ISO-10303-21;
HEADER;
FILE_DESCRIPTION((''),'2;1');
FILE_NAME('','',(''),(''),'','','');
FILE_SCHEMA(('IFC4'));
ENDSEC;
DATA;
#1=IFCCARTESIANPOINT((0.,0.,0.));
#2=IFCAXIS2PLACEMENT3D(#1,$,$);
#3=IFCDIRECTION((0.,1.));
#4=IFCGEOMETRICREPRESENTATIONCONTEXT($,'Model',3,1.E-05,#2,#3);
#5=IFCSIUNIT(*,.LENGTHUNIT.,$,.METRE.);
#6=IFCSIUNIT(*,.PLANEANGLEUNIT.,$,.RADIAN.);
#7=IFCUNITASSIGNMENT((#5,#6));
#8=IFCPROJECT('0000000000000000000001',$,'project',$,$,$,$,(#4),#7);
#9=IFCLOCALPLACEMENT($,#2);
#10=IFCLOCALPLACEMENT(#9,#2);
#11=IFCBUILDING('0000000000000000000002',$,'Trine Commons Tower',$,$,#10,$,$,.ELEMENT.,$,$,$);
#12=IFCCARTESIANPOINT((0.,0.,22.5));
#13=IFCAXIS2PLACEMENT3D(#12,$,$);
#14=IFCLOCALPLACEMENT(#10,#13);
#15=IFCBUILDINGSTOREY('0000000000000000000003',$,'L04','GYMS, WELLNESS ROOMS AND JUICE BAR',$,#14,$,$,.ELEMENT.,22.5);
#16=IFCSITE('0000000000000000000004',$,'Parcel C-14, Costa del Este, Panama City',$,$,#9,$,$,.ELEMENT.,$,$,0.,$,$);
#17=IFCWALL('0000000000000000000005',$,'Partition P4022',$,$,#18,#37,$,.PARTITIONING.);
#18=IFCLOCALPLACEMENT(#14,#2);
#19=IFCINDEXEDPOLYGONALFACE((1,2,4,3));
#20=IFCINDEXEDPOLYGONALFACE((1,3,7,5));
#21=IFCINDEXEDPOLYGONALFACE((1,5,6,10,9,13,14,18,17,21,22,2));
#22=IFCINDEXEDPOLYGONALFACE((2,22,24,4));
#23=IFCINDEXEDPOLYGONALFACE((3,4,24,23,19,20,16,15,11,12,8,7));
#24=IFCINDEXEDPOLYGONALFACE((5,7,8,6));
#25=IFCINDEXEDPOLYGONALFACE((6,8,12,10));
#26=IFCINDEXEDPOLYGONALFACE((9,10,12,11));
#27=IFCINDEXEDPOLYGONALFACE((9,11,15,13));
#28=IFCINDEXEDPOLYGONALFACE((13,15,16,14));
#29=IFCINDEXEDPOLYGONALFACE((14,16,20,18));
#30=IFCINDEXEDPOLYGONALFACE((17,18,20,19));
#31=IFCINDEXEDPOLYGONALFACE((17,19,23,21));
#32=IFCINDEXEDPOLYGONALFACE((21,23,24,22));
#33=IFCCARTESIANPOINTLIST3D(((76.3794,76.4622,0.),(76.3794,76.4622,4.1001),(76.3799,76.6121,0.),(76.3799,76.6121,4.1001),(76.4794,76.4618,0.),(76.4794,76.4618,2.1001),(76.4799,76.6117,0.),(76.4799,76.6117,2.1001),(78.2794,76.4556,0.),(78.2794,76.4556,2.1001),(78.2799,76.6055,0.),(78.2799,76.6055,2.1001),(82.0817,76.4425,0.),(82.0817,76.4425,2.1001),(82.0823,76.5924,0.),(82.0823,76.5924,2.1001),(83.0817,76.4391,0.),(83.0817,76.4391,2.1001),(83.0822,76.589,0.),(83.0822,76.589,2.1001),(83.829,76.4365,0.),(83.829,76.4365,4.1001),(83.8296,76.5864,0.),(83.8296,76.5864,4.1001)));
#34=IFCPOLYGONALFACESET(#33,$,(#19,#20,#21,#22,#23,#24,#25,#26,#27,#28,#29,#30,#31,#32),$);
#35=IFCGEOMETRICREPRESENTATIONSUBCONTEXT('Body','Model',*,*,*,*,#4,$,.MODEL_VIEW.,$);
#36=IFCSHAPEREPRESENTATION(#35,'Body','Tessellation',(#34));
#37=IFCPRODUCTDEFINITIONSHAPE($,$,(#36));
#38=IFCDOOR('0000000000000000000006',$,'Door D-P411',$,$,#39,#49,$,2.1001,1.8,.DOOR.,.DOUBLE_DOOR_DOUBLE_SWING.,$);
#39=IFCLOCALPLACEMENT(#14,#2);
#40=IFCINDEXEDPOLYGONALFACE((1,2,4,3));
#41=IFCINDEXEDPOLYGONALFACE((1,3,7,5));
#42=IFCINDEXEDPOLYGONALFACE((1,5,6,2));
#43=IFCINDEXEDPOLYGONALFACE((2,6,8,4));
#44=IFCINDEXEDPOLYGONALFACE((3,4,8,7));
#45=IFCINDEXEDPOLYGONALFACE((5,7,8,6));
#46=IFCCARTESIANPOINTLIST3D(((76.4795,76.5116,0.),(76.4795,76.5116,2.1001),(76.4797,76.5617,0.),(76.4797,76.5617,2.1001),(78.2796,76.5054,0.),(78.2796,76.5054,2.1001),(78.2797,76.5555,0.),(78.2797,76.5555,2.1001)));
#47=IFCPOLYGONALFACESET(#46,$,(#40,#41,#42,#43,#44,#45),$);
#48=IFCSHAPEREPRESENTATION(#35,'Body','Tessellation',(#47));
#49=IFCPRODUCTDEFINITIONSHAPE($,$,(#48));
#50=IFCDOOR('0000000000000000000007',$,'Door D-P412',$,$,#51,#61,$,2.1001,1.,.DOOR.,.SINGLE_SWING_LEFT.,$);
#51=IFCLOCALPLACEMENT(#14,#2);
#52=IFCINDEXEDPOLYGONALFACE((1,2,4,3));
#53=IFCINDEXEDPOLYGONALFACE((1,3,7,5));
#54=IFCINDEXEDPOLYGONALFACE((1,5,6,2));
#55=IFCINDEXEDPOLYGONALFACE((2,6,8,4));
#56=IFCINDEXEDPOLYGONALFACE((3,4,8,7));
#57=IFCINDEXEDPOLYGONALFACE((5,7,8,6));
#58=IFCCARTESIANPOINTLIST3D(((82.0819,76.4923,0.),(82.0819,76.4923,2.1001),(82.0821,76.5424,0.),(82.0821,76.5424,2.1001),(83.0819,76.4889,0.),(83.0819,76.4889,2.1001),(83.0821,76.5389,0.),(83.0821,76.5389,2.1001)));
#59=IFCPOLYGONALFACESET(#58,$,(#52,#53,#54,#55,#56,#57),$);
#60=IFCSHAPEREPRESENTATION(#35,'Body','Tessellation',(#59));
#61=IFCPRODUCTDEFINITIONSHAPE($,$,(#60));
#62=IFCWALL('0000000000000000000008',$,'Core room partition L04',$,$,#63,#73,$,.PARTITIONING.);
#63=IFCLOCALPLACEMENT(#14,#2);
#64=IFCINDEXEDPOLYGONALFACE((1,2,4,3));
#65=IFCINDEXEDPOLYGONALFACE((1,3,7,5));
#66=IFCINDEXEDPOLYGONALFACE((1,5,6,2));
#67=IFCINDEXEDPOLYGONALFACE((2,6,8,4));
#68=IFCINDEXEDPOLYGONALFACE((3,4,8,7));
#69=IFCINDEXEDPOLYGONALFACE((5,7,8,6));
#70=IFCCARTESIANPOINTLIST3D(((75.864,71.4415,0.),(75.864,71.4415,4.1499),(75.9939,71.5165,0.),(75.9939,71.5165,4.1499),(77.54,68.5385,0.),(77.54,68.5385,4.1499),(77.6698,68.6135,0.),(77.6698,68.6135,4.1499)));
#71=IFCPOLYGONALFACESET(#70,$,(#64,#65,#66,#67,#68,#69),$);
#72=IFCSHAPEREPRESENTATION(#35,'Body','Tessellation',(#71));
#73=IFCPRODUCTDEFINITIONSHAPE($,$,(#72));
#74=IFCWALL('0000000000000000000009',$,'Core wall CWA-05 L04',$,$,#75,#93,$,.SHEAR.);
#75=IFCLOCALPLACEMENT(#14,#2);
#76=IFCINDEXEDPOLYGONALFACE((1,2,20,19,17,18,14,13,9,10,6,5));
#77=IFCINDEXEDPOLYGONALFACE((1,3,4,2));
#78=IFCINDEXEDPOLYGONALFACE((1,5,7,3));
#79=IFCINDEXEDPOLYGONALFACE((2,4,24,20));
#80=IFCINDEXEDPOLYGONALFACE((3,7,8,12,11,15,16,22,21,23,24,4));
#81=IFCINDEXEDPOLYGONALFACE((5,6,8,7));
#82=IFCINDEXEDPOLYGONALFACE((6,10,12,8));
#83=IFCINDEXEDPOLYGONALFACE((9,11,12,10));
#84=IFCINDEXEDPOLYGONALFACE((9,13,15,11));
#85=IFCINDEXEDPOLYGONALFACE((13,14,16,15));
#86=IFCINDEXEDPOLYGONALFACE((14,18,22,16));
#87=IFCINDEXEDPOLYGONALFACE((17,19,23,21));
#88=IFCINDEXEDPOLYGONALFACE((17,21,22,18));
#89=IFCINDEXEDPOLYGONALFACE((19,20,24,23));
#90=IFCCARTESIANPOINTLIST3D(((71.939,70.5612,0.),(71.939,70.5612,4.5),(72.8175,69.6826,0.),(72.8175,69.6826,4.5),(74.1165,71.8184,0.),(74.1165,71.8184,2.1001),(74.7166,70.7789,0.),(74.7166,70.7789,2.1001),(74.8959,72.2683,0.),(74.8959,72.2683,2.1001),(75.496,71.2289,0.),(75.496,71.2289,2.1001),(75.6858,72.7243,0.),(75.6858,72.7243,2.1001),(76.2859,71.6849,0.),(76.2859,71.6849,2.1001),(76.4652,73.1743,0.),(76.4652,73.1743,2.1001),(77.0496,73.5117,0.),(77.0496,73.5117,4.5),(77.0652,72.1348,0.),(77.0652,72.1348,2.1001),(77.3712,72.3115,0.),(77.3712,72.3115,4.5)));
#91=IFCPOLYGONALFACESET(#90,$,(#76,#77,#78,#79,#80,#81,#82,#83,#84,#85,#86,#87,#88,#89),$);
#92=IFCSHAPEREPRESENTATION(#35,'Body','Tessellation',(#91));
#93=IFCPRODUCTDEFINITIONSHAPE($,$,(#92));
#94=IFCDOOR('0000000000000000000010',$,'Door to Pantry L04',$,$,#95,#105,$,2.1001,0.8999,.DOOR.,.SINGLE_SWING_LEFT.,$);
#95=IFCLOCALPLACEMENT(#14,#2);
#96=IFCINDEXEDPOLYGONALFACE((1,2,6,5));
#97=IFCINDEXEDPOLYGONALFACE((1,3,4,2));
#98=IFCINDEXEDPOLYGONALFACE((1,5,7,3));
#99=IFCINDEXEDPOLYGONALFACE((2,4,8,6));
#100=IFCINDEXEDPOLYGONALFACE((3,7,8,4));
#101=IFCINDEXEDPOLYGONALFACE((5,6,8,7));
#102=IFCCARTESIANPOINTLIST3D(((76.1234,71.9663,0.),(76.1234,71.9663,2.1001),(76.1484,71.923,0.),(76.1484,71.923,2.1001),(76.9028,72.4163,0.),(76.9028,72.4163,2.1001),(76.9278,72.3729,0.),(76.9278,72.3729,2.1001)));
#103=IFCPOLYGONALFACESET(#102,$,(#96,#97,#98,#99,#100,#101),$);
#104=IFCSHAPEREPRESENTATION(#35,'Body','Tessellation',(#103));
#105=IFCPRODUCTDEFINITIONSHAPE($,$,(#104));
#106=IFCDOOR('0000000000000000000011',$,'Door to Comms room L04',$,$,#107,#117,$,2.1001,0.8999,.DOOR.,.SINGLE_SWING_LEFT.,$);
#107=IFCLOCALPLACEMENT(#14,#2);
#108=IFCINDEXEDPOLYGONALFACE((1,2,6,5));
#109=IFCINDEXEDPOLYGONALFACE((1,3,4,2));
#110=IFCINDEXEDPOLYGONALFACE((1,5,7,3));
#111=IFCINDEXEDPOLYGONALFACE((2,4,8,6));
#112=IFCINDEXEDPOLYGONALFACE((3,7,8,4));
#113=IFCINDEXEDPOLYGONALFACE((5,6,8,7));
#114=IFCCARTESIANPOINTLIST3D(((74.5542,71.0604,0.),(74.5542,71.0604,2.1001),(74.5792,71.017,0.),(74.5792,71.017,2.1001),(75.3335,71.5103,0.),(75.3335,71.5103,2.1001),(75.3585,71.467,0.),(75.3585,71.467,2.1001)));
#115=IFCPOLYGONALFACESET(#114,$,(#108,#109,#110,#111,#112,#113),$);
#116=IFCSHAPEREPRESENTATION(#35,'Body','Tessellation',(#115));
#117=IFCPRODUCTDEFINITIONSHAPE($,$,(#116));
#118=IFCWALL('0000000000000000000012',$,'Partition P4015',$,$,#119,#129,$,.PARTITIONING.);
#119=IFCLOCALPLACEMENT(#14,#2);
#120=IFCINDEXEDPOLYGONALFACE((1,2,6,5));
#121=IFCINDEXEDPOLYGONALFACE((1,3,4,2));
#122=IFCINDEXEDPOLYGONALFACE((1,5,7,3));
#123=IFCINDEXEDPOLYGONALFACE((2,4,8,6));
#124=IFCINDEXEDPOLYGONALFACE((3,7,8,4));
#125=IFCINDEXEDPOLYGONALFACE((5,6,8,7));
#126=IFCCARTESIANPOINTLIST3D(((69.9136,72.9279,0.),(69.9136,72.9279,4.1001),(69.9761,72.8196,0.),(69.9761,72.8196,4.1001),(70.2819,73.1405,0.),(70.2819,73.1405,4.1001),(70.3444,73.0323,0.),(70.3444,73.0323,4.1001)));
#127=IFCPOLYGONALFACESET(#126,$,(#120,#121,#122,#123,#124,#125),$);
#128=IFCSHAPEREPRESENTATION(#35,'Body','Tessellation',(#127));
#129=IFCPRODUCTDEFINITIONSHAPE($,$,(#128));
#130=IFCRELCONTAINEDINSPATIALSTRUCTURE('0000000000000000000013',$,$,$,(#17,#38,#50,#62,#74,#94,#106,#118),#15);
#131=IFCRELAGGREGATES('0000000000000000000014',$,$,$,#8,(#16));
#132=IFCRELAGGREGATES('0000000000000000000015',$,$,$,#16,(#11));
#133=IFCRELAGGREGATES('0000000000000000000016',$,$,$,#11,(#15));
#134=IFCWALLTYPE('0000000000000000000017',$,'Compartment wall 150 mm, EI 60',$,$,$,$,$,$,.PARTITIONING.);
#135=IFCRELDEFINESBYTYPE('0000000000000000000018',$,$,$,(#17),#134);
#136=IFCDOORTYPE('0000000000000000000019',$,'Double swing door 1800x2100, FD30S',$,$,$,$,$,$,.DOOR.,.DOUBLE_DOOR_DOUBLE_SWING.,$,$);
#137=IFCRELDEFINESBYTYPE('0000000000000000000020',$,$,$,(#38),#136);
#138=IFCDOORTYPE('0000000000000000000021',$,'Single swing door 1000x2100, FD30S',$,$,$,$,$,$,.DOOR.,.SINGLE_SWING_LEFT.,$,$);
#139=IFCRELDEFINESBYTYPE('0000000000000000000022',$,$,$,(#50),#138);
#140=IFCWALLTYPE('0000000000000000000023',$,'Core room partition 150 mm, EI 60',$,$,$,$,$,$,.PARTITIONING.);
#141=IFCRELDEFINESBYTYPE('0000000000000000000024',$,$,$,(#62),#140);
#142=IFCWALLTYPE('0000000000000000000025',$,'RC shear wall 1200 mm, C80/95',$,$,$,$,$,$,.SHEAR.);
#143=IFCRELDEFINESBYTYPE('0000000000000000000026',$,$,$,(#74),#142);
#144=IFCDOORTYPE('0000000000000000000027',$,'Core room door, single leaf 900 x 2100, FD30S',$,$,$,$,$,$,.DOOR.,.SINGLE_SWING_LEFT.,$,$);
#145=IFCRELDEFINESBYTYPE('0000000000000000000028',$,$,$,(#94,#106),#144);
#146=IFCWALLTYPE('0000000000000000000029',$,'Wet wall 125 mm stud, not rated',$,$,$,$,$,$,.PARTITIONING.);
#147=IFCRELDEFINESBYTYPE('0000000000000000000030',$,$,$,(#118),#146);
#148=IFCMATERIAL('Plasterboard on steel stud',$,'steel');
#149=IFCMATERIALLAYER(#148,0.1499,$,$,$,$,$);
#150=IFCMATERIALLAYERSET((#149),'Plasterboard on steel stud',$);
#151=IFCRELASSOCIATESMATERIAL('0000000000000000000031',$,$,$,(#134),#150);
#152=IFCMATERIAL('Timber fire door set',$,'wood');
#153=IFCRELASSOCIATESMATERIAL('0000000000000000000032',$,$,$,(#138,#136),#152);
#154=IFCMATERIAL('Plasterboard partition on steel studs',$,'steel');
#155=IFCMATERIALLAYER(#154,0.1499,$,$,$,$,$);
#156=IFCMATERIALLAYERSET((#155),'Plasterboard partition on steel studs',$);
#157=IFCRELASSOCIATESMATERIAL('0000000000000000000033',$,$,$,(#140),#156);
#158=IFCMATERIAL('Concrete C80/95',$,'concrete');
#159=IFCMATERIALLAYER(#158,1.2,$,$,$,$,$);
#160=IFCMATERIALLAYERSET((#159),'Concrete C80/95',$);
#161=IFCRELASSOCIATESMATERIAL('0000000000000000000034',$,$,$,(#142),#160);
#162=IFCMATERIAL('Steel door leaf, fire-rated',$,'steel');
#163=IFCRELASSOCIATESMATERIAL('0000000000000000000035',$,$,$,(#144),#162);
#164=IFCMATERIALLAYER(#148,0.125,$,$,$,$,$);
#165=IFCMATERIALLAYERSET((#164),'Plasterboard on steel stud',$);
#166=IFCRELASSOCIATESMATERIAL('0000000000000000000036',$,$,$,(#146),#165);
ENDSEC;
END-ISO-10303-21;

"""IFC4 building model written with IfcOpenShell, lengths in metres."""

from ifc_helpers import new_model, si_unit, direction, frame, frame_2d, origin, place, context, subcontext, project, spatial, polyline, rectangle, outline, extrude, material, layer, layer_set, type_object, element, fill, save


model = new_model("IFC4")

# Units and contexts
model_context = context("Model", 3, precision=1e-05, world=origin(), true_north=direction((0.0, 1.0)))
body_context = subcontext(model_context, "Body", "Model", "MODEL_VIEW")
ifc_project = project(units=[si_unit("LENGTHUNIT", "METRE"), si_unit("PLANEANGLEUNIT", "RADIAN")], contexts=[model_context])

# Site, building, storey
site_placement = place(None, origin())
site = spatial("IfcSite", under=ifc_project, at=site_placement, Name="Parcel C-14, Costa del Este, Panama City", CompositionType="ELEMENT", RefElevation=0.0)
building_placement = place(site_placement, origin())
building = spatial("IfcBuilding", under=site, at=building_placement, Name="Trine Commons Tower", CompositionType="ELEMENT")
storey_placement = place(building_placement, frame((0.0, 0.0, 22.5)))
storey = spatial("IfcBuildingStorey", under=building, at=storey_placement, Name="L04", Description="GYMS, WELLNESS ROOMS AND JUICE BAR", CompositionType="ELEMENT", Elevation=22.5)

# Shared definitions
ifc_material_1 = material(Name="Concrete C80/95", Category="concrete")

# Shared definitions
ifc_material_2 = material(Name="Plasterboard on steel stud", Category="steel")
ifc_layer_1 = layer(ifc_material_2, 0.1499)
ifc_layer_set_1 = layer_set([ifc_layer_1], Name="Plasterboard on steel stud")
wall_type_1 = type_object("IfcWallType", Name="Compartment wall 150 mm, EI 60", PredefinedType="PARTITIONING", material=ifc_layer_set_1)
ifc_material_3 = material(Name="Timber fire door set", Category="wood")
door_type_1 = type_object("IfcDoorType", Name="Single swing door 1000x2100, FD30S", OperationType="SINGLE_SWING_LEFT", PredefinedType="DOOR", material=ifc_material_3)

# Wall, openings, doors
wall_1_placement = place(storey_placement, frame((76.3796, 76.5371, 0.0), z_axis=(0.0, 0.0, 1.0), x_axis=(0.999994, -0.003441, 0.0)))
wall_1 = element("IfcWall", 1, at=wall_1_placement, inside=storey, type_object=wall_type_1, Name="Partition P4022", PredefinedType="PARTITIONING", context=body_context, shape_type="SweptSolid", body=[
    extrude(rectangle(XDim=7.4497, YDim=0.1499, at=frame_2d((3.7249, 0.0))), origin(), (0.0, 0.0, 1.0), 4.1001),
])
opening_1_placement = place(wall_1_placement, frame((0.1001, 0.0, 0.0)))
opening_1 = element("IfcOpeningElement", 2, at=opening_1_placement, cuts=wall_1, PredefinedType="OPENING", context=body_context, shape_type="SweptSolid", body=[
    extrude(rectangle(XDim=1.8, YDim=2.1001, at=frame_2d((0.8999, 1.05))), frame((0.0, 0.085, 0.0), z_axis=(0.0, -1.0, 0.0), x_axis=(1.0, 0.0, 0.0)), (0.0, 0.0, 1.0), 0.1699),
])
opening_2_placement = place(wall_1_placement, frame((5.7024, 0.0, 0.0)))
opening_2 = element("IfcOpeningElement", 3, at=opening_2_placement, cuts=wall_1, PredefinedType="OPENING", context=body_context, shape_type="SweptSolid", body=[
    extrude(rectangle(XDim=1.0, YDim=2.1001, at=frame_2d((0.5, 1.05))), frame((0.0, 0.085, 0.0), z_axis=(0.0, -1.0, 0.0), x_axis=(1.0, 0.0, 0.0)), (0.0, 0.0, 1.0), 0.1699),
])
door_type_2 = type_object("IfcDoorType", Name="Double swing door 1800x2100, FD30S", OperationType="DOUBLE_DOOR_DOUBLE_SWING", PredefinedType="DOOR", material=ifc_material_3)
door_1_placement = place(opening_1_placement, origin())
door_1 = element("IfcDoor", 4, at=door_1_placement, inside=storey, type_object=door_type_2, Name="Door D-P411", OperationType="DOUBLE_DOOR_DOUBLE_SWING", OverallHeight=2.1001, OverallWidth=1.8, PredefinedType="DOOR", context=body_context, shape_type="SweptSolid", body=[
    extrude(rectangle(XDim=1.8, YDim=2.1001, at=frame_2d((0.8999, 1.05))), frame((0.0, 0.0249, 0.0), z_axis=(0.0, -1.0, 0.0), x_axis=(1.0, 0.0, 0.0)), (0.0, 0.0, 1.0), 0.05),
])
fill(opening_1, door_1)
door_2_placement = place(opening_2_placement, origin())
door_2 = element("IfcDoor", 5, at=door_2_placement, inside=storey, type_object=door_type_1, Name="Door D-P412", OperationType="SINGLE_SWING_LEFT", OverallHeight=2.1001, OverallWidth=1.0, PredefinedType="DOOR", context=body_context, shape_type="SweptSolid", body=[
    extrude(rectangle(XDim=1.0, YDim=2.1001, at=frame_2d((0.5, 1.05))), frame((0.0, 0.0249, 0.0), z_axis=(0.0, -1.0, 0.0), x_axis=(1.0, 0.0, 0.0)), (0.0, 0.0, 1.0), 0.05),
])
fill(opening_2, door_2)

# Wall
ifc_material_4 = material(Name="Plasterboard partition on steel studs", Category="steel")
ifc_layer_2 = layer(ifc_material_4, 0.1499)
ifc_layer_set_2 = layer_set([ifc_layer_2], Name="Plasterboard partition on steel studs")
wall_type_2 = type_object("IfcWallType", Name="Core room partition 150 mm, EI 60", PredefinedType="PARTITIONING", material=ifc_layer_set_2)
wall_2_placement = place(storey_placement, frame((75.929, 71.479, 0.0), z_axis=(0.0, 0.0, 1.0), x_axis=(0.499985, -0.866034, 0.0)))
element("IfcWall", 6, at=wall_2_placement, inside=storey, type_object=wall_type_2, Name="Core room partition L04", PredefinedType="PARTITIONING", context=body_context, shape_type="SweptSolid", body=[
    extrude(rectangle(XDim=3.3521, YDim=0.1499, at=frame_2d((1.676, 0.0))), origin(), (0.0, 0.0, 1.0), 4.1499),
])

# Wall, openings, doors
ifc_layer_3 = layer(ifc_material_1, 1.2)
ifc_layer_set_3 = layer_set([ifc_layer_3], Name="Concrete C80/95")
wall_type_3 = type_object("IfcWallType", Name="RC shear wall 1200 mm, C80/95", PredefinedType="SHEAR", material=ifc_layer_set_3)
wall_3_placement = place(storey_placement, frame((77.3496, 72.9919, 0.0), z_axis=(0.0, 0.0, 1.0), x_axis=(-0.866037, -0.499979, 0.0)))
wall_3 = element("IfcWall", 7, at=wall_3_placement, inside=storey, type_object=wall_type_3, Name="Core wall CWA-05 L04", PredefinedType="SHEAR", context=body_context, shape_type="SweptSolid", body=[
    extrude(outline(polyline([(0.0, -0.6001), (5.9011, -0.6001), (5.5796, 0.6001), (0.3215, 0.6001), (0.0, -0.6001)])), origin(), (0.0, 0.0, 1.0), 4.5),
])
opening_3_placement = place(wall_3_placement, frame((0.6748, 0.0, 0.0)))
opening_3 = element("IfcOpeningElement", 8, at=opening_3_placement, cuts=wall_3, PredefinedType="OPENING", context=body_context, shape_type="SweptSolid", body=[
    extrude(rectangle(XDim=0.8999, YDim=2.1001, at=frame_2d((0.45, 1.05))), frame((0.0, 0.6099, 0.0), z_axis=(0.0, -1.0, 0.0), x_axis=(1.0, 0.0, 0.0)), (0.0, 0.0, 1.0), 1.22),
])
opening_4_placement = place(wall_3_placement, frame((2.4868, 0.0, 0.0)))
opening_4 = element("IfcOpeningElement", 9, at=opening_4_placement, cuts=wall_3, PredefinedType="OPENING", context=body_context, shape_type="SweptSolid", body=[
    extrude(rectangle(XDim=0.8999, YDim=2.1001, at=frame_2d((0.45, 1.05))), frame((0.0, 0.6099, 0.0), z_axis=(0.0, -1.0, 0.0), x_axis=(1.0, 0.0, 0.0)), (0.0, 0.0, 1.0), 1.22),
])
ifc_material_5 = material(Name="Steel door leaf, fire-rated", Category="steel")
door_type_3 = type_object("IfcDoorType", Name="Core room door, single leaf 900 x 2100, FD30S", OperationType="SINGLE_SWING_LEFT", PredefinedType="DOOR", material=ifc_material_5)
door_3_placement = place(opening_3_placement, origin())
door_3 = element("IfcDoor", 10, at=door_3_placement, inside=storey, type_object=door_type_3, Name="Door to Pantry L04", OperationType="SINGLE_SWING_LEFT", OverallHeight=2.1001, OverallWidth=0.8999, PredefinedType="DOOR", context=body_context, shape_type="SweptSolid", body=[
    extrude(rectangle(XDim=0.8999, YDim=2.1001, at=frame_2d((0.45, 1.05))), frame((0.0, 0.3252, 0.0), z_axis=(0.0, -1.0, 0.0), x_axis=(1.0, 0.0, 0.0)), (0.0, 0.0, 1.0), 0.05),
])
fill(opening_3, door_3)
door_4_placement = place(opening_4_placement, origin())
door_4 = element("IfcDoor", 11, at=door_4_placement, inside=storey, type_object=door_type_3, Name="Door to Comms room L04", OperationType="SINGLE_SWING_LEFT", OverallHeight=2.1001, OverallWidth=0.8999, PredefinedType="DOOR", context=body_context, shape_type="SweptSolid", body=[
    extrude(rectangle(XDim=0.8999, YDim=2.1001, at=frame_2d((0.45, 1.05))), frame((0.0, 0.3252, 0.0), z_axis=(0.0, -1.0, 0.0), x_axis=(1.0, 0.0, 0.0)), (0.0, 0.0, 1.0), 0.05),
])
fill(opening_4, door_4)

# Wall
ifc_layer_4 = layer(ifc_material_2, 0.125)
ifc_layer_set_4 = layer_set([ifc_layer_4], Name="Plasterboard on steel stud")
wall_type_4 = type_object("IfcWallType", Name="Wet wall 125 mm stud, not rated", PredefinedType="PARTITIONING", material=ifc_layer_set_4)
wall_4_placement = place(storey_placement, frame((69.9448, 72.8738, 0.0), z_axis=(0.0, 0.0, 1.0), x_axis=(0.86608, 0.499905, 0.0)))
element("IfcWall", 12, at=wall_4_placement, inside=storey, type_object=wall_type_4, Name="Partition P4015", PredefinedType="PARTITIONING", context=body_context, shape_type="SweptSolid", body=[
    extrude(rectangle(XDim=0.4253, YDim=0.125, at=frame_2d((0.2126, 0.0))), origin(), (0.0, 0.0, 1.0), 4.1001),
])

save(model, "model.ifc")
